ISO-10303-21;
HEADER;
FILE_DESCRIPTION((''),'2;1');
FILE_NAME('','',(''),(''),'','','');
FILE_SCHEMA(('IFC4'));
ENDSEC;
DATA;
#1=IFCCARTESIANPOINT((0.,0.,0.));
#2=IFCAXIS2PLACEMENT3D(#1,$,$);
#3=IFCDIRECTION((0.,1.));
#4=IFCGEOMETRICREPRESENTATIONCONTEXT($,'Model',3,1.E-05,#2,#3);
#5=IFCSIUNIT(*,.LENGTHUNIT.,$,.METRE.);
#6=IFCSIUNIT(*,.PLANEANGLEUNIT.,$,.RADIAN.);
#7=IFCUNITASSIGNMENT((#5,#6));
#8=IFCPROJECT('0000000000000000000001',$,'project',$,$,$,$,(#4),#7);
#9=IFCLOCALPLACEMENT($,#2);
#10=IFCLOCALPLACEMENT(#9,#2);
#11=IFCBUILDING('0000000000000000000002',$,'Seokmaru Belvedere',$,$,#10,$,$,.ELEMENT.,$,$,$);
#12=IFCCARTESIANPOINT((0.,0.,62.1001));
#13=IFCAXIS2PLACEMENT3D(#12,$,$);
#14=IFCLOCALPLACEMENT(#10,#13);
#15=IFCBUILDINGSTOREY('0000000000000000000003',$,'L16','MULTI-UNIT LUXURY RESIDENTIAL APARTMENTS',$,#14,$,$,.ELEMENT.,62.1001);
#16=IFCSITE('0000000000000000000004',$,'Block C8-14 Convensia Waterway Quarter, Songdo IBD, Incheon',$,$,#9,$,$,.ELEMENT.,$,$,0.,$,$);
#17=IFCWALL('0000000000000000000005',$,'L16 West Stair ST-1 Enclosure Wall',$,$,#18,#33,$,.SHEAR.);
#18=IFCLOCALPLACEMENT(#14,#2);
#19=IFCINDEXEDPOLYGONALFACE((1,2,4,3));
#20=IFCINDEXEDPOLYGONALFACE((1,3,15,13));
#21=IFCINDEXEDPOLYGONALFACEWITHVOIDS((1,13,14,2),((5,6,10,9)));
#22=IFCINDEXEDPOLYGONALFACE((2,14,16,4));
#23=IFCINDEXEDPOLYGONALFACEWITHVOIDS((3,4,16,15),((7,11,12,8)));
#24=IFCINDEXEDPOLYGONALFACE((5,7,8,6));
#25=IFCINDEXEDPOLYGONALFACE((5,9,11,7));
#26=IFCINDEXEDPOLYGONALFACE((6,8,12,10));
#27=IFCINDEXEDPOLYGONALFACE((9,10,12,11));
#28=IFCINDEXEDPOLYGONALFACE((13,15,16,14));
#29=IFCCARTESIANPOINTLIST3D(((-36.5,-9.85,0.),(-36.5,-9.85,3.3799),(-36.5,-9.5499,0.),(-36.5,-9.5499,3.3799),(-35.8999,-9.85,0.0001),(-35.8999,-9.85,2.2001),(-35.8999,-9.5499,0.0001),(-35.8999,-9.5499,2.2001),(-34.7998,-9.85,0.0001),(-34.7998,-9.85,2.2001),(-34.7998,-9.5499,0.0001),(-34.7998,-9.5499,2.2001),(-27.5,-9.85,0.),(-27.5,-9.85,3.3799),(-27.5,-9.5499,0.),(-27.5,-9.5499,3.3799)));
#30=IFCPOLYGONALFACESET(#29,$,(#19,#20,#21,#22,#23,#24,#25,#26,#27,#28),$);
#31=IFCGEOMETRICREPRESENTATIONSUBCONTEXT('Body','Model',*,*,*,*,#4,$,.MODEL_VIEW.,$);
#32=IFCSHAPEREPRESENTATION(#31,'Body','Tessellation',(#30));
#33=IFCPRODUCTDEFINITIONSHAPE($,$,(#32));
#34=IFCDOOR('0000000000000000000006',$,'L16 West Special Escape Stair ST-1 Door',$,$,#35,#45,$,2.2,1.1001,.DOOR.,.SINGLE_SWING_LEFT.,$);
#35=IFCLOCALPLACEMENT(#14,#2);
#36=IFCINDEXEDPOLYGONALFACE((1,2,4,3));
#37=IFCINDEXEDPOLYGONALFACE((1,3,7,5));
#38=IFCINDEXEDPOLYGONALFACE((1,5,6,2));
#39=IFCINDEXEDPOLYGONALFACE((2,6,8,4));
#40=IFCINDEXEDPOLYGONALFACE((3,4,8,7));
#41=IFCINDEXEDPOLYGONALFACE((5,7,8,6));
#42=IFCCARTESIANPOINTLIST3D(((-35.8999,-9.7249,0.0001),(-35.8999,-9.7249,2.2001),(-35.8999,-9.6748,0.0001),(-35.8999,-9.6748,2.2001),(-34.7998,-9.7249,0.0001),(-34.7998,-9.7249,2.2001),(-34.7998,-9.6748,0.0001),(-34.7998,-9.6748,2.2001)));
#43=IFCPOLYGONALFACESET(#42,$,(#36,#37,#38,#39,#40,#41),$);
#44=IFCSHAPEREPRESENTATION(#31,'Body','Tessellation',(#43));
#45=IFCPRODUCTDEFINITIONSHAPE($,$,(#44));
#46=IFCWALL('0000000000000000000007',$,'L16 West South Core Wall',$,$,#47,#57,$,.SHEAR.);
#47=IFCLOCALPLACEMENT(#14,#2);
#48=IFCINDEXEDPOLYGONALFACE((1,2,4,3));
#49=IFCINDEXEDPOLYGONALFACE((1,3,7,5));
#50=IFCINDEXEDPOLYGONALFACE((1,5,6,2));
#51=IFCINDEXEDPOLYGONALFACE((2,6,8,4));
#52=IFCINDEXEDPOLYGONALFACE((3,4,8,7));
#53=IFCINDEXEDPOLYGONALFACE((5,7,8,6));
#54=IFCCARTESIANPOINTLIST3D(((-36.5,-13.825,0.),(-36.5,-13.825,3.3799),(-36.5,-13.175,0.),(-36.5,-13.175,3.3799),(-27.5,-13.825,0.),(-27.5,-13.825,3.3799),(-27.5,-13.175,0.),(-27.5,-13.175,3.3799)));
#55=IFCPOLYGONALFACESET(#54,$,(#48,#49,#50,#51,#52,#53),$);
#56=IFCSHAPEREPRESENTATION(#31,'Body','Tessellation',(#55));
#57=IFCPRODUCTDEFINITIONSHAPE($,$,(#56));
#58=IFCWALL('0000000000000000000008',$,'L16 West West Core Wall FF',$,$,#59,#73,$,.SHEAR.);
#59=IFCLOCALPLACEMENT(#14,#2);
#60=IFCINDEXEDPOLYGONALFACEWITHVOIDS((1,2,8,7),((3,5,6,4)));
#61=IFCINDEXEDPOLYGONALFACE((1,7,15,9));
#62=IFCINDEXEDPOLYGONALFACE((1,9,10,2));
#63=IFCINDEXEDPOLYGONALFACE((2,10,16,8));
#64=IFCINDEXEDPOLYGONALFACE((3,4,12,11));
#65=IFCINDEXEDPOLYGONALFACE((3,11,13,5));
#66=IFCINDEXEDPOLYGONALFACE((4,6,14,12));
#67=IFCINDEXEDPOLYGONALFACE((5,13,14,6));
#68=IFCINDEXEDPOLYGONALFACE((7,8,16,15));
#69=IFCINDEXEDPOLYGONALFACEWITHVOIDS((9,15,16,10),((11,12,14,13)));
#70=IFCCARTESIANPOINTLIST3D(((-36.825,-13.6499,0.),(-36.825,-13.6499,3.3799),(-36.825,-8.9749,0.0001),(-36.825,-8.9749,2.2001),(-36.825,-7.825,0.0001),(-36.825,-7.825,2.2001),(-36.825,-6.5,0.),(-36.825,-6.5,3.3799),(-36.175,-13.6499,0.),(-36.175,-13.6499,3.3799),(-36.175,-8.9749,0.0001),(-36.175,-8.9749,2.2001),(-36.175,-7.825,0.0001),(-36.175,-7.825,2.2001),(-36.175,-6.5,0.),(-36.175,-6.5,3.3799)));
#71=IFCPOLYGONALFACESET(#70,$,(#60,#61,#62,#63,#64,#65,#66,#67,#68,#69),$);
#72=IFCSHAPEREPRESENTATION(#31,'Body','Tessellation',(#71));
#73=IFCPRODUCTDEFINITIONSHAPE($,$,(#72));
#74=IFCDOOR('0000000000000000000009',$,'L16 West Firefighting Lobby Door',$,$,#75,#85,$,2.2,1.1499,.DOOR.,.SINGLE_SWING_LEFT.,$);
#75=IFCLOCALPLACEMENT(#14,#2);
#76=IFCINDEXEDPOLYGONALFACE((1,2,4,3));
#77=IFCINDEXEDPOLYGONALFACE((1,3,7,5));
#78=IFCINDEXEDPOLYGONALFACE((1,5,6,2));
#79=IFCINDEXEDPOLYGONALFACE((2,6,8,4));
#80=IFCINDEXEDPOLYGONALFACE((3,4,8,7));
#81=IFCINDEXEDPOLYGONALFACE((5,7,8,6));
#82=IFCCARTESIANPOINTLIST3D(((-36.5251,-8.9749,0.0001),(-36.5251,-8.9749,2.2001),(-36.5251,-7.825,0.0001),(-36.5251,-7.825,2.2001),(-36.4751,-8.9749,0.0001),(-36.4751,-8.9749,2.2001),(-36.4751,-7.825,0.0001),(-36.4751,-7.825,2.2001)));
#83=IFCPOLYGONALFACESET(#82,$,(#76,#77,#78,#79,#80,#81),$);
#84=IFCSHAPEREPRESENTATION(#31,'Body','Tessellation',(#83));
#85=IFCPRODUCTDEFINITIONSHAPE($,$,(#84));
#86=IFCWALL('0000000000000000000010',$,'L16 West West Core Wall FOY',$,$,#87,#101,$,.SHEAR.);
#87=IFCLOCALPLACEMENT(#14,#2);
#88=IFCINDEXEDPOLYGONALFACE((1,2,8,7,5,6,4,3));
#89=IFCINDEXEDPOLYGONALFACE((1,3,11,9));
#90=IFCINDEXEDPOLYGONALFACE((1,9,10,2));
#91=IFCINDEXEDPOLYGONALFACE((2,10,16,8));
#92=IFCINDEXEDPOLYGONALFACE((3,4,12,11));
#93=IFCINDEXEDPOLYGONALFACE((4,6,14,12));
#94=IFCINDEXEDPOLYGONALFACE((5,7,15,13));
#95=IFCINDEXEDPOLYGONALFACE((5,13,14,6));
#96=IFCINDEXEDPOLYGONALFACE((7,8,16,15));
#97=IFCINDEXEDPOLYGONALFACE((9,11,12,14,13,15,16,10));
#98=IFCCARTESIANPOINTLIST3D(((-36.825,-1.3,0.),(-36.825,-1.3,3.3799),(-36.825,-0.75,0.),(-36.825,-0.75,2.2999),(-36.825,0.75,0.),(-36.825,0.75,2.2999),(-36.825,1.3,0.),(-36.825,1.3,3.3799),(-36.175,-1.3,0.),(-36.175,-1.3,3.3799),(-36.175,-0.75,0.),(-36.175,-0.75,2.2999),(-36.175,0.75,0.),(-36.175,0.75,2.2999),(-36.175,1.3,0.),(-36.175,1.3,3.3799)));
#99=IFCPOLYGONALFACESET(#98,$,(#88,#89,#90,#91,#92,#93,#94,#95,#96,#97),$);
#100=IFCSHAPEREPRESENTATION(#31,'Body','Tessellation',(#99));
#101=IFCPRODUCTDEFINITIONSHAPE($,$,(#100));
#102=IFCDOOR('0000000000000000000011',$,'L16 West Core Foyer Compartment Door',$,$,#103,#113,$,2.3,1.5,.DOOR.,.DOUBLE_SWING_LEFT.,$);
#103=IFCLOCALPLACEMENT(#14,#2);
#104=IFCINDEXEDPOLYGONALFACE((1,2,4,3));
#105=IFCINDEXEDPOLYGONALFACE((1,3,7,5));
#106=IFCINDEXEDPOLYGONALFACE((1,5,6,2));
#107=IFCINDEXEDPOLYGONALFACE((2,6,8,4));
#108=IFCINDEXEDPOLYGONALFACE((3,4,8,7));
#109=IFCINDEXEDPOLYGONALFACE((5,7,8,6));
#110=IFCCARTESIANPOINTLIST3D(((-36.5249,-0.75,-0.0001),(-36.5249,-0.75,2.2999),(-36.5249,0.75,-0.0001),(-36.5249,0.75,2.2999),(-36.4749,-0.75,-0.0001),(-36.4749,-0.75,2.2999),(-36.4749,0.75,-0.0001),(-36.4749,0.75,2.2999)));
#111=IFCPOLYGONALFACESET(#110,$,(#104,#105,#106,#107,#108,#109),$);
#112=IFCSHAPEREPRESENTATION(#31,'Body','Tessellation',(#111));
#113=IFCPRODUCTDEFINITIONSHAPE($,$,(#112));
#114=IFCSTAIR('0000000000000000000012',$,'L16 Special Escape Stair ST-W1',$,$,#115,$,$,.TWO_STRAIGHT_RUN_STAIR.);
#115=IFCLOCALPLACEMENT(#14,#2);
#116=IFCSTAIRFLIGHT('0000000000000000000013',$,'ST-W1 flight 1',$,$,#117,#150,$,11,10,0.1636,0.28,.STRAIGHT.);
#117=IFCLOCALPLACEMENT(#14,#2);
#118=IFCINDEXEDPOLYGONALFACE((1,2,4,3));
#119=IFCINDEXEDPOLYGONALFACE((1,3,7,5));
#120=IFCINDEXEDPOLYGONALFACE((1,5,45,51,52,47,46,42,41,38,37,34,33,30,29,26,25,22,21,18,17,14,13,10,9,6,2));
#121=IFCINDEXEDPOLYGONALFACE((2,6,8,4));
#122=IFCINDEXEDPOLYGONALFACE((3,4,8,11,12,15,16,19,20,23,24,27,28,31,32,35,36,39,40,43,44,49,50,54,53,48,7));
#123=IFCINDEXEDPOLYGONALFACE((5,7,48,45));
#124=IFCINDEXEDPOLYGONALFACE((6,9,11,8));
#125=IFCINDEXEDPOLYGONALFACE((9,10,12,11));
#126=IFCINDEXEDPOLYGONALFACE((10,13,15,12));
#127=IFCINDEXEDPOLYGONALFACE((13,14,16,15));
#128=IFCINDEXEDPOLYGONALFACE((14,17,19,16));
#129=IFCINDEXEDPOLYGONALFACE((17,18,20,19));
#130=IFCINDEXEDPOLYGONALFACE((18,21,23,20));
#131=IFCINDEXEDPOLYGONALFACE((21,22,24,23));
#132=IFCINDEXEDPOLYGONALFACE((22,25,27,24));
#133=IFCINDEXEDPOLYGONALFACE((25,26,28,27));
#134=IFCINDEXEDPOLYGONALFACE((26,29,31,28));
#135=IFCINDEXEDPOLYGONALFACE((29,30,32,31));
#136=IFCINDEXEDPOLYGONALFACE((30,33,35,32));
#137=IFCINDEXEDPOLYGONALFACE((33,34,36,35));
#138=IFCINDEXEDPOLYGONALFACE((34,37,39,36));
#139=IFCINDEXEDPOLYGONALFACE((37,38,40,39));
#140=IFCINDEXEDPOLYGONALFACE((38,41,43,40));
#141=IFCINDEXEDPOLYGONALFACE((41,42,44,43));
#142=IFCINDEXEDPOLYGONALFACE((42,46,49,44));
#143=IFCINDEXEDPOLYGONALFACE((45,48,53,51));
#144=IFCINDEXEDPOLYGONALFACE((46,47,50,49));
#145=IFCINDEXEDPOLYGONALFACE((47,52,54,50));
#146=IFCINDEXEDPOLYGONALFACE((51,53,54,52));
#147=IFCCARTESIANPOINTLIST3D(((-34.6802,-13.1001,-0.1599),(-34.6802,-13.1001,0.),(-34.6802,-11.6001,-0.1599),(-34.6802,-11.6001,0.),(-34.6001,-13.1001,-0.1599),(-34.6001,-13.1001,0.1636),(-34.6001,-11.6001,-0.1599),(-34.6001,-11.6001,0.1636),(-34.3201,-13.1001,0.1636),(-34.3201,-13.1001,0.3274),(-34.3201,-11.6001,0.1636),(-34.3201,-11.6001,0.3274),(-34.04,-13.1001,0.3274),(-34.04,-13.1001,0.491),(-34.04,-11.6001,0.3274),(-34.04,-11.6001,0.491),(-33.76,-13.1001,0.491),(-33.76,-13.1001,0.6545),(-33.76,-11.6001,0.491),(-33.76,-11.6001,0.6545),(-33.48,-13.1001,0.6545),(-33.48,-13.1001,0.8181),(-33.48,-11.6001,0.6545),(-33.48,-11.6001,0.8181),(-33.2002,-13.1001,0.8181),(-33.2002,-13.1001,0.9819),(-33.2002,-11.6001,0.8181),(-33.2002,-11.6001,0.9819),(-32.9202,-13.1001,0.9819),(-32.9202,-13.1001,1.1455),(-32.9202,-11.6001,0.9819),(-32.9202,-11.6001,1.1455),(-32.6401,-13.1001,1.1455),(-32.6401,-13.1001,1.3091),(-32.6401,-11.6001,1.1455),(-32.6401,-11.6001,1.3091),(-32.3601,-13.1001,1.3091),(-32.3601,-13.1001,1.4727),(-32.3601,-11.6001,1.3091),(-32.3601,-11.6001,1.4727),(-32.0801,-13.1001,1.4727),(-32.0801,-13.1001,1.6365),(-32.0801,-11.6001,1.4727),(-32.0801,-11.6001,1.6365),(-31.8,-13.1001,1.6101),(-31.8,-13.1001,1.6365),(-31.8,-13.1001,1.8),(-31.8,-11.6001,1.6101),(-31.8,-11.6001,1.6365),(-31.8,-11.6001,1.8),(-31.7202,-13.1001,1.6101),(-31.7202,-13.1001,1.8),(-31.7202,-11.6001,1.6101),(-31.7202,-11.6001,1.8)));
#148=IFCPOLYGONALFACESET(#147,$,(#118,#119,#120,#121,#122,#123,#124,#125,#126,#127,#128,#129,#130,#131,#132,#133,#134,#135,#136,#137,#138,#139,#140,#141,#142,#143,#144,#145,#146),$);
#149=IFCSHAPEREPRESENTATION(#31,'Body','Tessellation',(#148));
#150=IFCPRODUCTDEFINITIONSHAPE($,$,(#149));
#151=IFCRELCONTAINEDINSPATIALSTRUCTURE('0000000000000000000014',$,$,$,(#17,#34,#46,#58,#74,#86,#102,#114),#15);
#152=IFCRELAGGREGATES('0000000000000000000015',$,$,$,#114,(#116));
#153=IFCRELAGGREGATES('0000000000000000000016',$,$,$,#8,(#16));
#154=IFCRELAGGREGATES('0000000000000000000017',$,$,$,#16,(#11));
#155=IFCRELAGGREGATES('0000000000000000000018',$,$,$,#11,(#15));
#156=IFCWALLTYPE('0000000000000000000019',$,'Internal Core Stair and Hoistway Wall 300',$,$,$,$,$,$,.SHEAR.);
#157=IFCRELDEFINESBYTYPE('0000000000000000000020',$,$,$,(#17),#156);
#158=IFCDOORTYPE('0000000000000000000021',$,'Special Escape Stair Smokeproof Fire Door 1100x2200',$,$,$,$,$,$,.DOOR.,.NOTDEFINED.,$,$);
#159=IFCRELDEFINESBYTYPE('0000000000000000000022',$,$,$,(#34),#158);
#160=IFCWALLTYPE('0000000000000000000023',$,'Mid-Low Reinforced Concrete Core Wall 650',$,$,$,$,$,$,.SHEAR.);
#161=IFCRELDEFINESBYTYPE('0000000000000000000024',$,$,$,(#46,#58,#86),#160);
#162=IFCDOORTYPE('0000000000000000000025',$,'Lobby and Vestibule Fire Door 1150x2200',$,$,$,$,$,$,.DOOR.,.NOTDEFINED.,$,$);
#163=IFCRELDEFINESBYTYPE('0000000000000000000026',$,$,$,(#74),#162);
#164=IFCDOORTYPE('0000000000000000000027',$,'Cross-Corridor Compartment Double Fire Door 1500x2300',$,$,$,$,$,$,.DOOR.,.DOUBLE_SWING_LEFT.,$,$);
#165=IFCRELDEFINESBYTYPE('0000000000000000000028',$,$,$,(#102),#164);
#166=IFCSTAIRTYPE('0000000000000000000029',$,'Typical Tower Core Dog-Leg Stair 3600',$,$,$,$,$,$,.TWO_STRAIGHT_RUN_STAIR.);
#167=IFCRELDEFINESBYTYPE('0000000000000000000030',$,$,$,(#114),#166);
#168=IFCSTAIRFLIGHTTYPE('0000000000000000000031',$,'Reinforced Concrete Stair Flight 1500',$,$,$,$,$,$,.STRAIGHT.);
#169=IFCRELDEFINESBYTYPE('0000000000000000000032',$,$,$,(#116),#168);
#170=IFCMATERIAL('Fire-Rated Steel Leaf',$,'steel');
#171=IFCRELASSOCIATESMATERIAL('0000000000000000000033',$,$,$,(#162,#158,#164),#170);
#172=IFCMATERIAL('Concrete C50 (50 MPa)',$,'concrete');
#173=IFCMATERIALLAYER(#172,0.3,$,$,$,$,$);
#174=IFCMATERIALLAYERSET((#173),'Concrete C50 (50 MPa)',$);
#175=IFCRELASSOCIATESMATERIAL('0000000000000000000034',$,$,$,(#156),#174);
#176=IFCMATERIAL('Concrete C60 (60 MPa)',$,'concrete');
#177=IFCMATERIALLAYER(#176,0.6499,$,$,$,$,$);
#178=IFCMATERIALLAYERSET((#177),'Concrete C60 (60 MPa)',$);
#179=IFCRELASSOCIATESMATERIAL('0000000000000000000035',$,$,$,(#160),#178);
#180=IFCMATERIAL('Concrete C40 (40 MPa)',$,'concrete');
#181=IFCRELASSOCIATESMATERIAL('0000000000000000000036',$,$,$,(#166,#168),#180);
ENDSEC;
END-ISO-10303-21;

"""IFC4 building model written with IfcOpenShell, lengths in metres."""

from ifc_helpers import new_model, si_unit, direction, frame, frame_2d, origin, place, context, subcontext, project, spatial, polyline, rectangle, outline, extrude, source, transform, mapped, material, layer, layer_set, type_object, type_shapes, element, fill, aggregate, save


model = new_model("IFC4")

# Units and contexts
model_context = context("Model", 3, precision=1e-05, world=origin(), true_north=direction((0.0, 1.0)))
body_context = subcontext(model_context, "Body", "Model", "MODEL_VIEW")
ifc_project = project(units=[si_unit("LENGTHUNIT", "METRE"), si_unit("PLANEANGLEUNIT", "RADIAN")], contexts=[model_context])

# Site, building, storey
site_placement = place(None, origin())
site = spatial("IfcSite", under=ifc_project, at=site_placement, Name="Block C8-14 Convensia Waterway Quarter, Songdo IBD, Incheon", CompositionType="ELEMENT", RefElevation=0.0)
building_placement = place(site_placement, origin())
building = spatial("IfcBuilding", under=site, at=building_placement, Name="Seokmaru Belvedere", CompositionType="ELEMENT")
storey_placement = place(building_placement, frame((0.0, 0.0, 62.1001)))
storey = spatial("IfcBuildingStorey", under=building, at=storey_placement, Name="L16", Description="MULTI-UNIT LUXURY RESIDENTIAL APARTMENTS", CompositionType="ELEMENT", Elevation=62.1001)

# Shared definitions
ifc_material_1 = material(Name="Fire-Rated Steel Leaf", Category="steel")
door_type_1 = type_object("IfcDoorType", Name="Lobby and Vestibule Fire Door 1150x2200", OperationType="NOTDEFINED", PredefinedType="DOOR", material=ifc_material_1)
shared_shape_1 = source(origin(), body_context, "Body", "SweptSolid", [
    extrude(rectangle(XDim=1.1499, YDim=2.2, at=frame_2d((0.575, 1.1001))), frame((0.0, 0.0249, 0.0), z_axis=(0.0, -1.0, 0.0), x_axis=(1.0, 0.0, 0.0)), (0.0, 0.0, 1.0), 0.05),
])
type_shapes(door_type_1, [shared_shape_1])

# Wall, opening, door
ifc_material_2 = material(Name="Concrete C50 (50 MPa)", Category="concrete")
ifc_layer_1 = layer(ifc_material_2, 0.3)
ifc_layer_set_1 = layer_set([ifc_layer_1], Name="Concrete C50 (50 MPa)")
wall_type_1 = type_object("IfcWallType", Name="Internal Core Stair and Hoistway Wall 300", PredefinedType="SHEAR", material=ifc_layer_set_1)
wall_1_placement = place(storey_placement, frame((-36.5, -9.7, 0.0), z_axis=(0.0, 0.0, 1.0), x_axis=(1.0, 0.0, 0.0)))
wall_1 = element("IfcWall", 1, at=wall_1_placement, inside=storey, type_object=wall_type_1, Name="L16 West Stair ST-1 Enclosure Wall", PredefinedType="SHEAR", context=body_context, shape_type="SweptSolid", body=[
    extrude(rectangle(XDim=9.0, YDim=0.3, at=frame_2d((4.5, 0.0))), origin(), (0.0, 0.0, 1.0), 3.3799),
])
opening_1_placement = place(wall_1_placement, frame((0.6001, 0.0, 0.0)))
opening_1 = element("IfcOpeningElement", 2, at=opening_1_placement, cuts=wall_1, PredefinedType="OPENING", context=body_context, shape_type="SweptSolid", body=[
    extrude(rectangle(XDim=1.1001, YDim=2.2, at=frame_2d((0.55, 1.1001))), frame((0.0, 0.1602, 0.0), z_axis=(0.0, -1.0, 0.0), x_axis=(1.0, 0.0, 0.0)), (0.0, 0.0, 1.0), 0.3201),
])
door_type_2 = type_object("IfcDoorType", Name="Special Escape Stair Smokeproof Fire Door 1100x2200", OperationType="NOTDEFINED", PredefinedType="DOOR", material=ifc_material_1)
shared_shape_2 = source(origin(), body_context, "Body", "SweptSolid", [
    extrude(rectangle(XDim=1.1001, YDim=2.2, at=frame_2d((0.55, 1.1001))), frame((0.0, 0.0249, 0.0), z_axis=(0.0, -1.0, 0.0), x_axis=(1.0, 0.0, 0.0)), (0.0, 0.0, 1.0), 0.05),
])
type_shapes(door_type_2, [shared_shape_2])
door_1_placement = place(opening_1_placement, frame((1.1001, 0.0, 0.0), z_axis=(0.0, 0.0, 1.0), x_axis=(-1.0, 0.0, 0.0)))
door_1 = element("IfcDoor", 3, at=door_1_placement, inside=storey, type_object=door_type_2, Name="L16 West Special Escape Stair ST-1 Door", OperationType="SINGLE_SWING_LEFT", OverallHeight=2.2, OverallWidth=1.1001, PredefinedType="DOOR", context=body_context, shape_type="MappedRepresentation", body=[
    mapped(shared_shape_2, transform((0.0, 0.0, 0.0), scale=1.0)),
])
fill(opening_1, door_1)

# Wall
ifc_material_3 = material(Name="Concrete C60 (60 MPa)", Category="concrete")
ifc_layer_2 = layer(ifc_material_3, 0.6499)
ifc_layer_set_2 = layer_set([ifc_layer_2], Name="Concrete C60 (60 MPa)")
wall_type_2 = type_object("IfcWallType", Name="Mid-Low Reinforced Concrete Core Wall 650", PredefinedType="SHEAR", material=ifc_layer_set_2)
wall_2_placement = place(storey_placement, frame((-36.5, -13.5, 0.0), z_axis=(0.0, 0.0, 1.0), x_axis=(1.0, 0.0, 0.0)))
element("IfcWall", 4, at=wall_2_placement, inside=storey, type_object=wall_type_2, Name="L16 West South Core Wall", PredefinedType="SHEAR", context=body_context, shape_type="SweptSolid", body=[
    extrude(rectangle(XDim=9.0, YDim=0.6499, at=frame_2d((4.5, 0.0))), origin(), (0.0, 0.0, 1.0), 3.3799),
])

# Walls, openings, doors
wall_3_placement = place(storey_placement, frame((-36.5, -13.6499, 0.0), z_axis=(0.0, 0.0, 1.0), x_axis=(0.0, 1.0, 0.0)))
wall_3 = element("IfcWall", 5, at=wall_3_placement, inside=storey, type_object=wall_type_2, Name="L16 West West Core Wall FF", PredefinedType="SHEAR", context=body_context, shape_type="SweptSolid", body=[
    extrude(rectangle(XDim=7.1499, YDim=0.6499, at=frame_2d((3.575, 0.0))), origin(), (0.0, 0.0, 1.0), 3.3799),
])
opening_2_placement = place(wall_3_placement, frame((4.675, 0.0, 0.0)))
opening_2 = element("IfcOpeningElement", 6, at=opening_2_placement, cuts=wall_3, PredefinedType="OPENING", context=body_context, shape_type="SweptSolid", body=[
    extrude(rectangle(XDim=1.1499, YDim=2.2, at=frame_2d((0.575, 1.1001))), frame((0.0, 0.335, 0.0), z_axis=(0.0, -1.0, 0.0), x_axis=(1.0, 0.0, 0.0)), (0.0, 0.0, 1.0), 0.6699),
])
door_2_placement = place(opening_2_placement, frame((1.1499, 0.0, 0.0), z_axis=(0.0, 0.0, 1.0), x_axis=(-1.0, 0.0, 0.0)))
door_2 = element("IfcDoor", 7, at=door_2_placement, inside=storey, type_object=door_type_1, Name="L16 West Firefighting Lobby Door", OperationType="SINGLE_SWING_LEFT", OverallHeight=2.2, OverallWidth=1.1499, PredefinedType="DOOR", context=body_context, shape_type="MappedRepresentation", body=[
    mapped(shared_shape_1, transform((0.0, 0.0, 0.0), scale=1.0)),
])
fill(opening_2, door_2)
wall_4_placement = place(storey_placement, frame((-36.5, -1.3, 0.0), z_axis=(0.0, 0.0, 1.0), x_axis=(0.0, 1.0, 0.0)))
wall_4 = element("IfcWall", 8, at=wall_4_placement, inside=storey, type_object=wall_type_2, Name="L16 West West Core Wall FOY", PredefinedType="SHEAR", context=body_context, shape_type="SweptSolid", body=[
    extrude(rectangle(XDim=2.6001, YDim=0.6499, at=frame_2d((1.3, 0.0))), origin(), (0.0, 0.0, 1.0), 3.3799),
])
opening_3_placement = place(wall_4_placement, frame((0.55, 0.0, 0.0)))
opening_3 = element("IfcOpeningElement", 9, at=opening_3_placement, cuts=wall_4, PredefinedType="OPENING", context=body_context, shape_type="SweptSolid", body=[
    extrude(rectangle(XDim=1.5, YDim=2.3, at=frame_2d((0.75, 1.1499))), frame((0.0, 0.335, 0.0), z_axis=(0.0, -1.0, 0.0), x_axis=(1.0, 0.0, 0.0)), (0.0, 0.0, 1.0), 0.6699),
])
door_type_3 = type_object("IfcDoorType", Name="Cross-Corridor Compartment Double Fire Door 1500x2300", OperationType="DOUBLE_SWING_LEFT", PredefinedType="DOOR", material=ifc_material_1)
shared_shape_3 = source(origin(), body_context, "Body", "SweptSolid", [
    extrude(rectangle(XDim=1.5, YDim=2.3, at=frame_2d((0.75, 1.1499))), frame((0.0, 0.0249, 0.0), z_axis=(0.0, -1.0, 0.0), x_axis=(1.0, 0.0, 0.0)), (0.0, 0.0, 1.0), 0.05),
])
type_shapes(door_type_3, [shared_shape_3])
door_3_placement = place(opening_3_placement, origin())
door_3 = element("IfcDoor", 10, at=door_3_placement, inside=storey, type_object=door_type_3, Name="L16 West Core Foyer Compartment Door", OperationType="DOUBLE_SWING_LEFT", OverallHeight=2.3, OverallWidth=1.5, PredefinedType="DOOR", context=body_context, shape_type="MappedRepresentation", body=[
    mapped(shared_shape_3, transform((0.0, 0.0, 0.0), scale=1.0)),
])
fill(opening_3, door_3)

# Stair, stair flight
ifc_material_4 = material(Name="Concrete C40 (40 MPa)", Category="concrete")
stair_type = type_object("IfcStairType", Name="Typical Tower Core Dog-Leg Stair 3600", PredefinedType="TWO_STRAIGHT_RUN_STAIR", material=ifc_material_4)
stair_placement = place(storey_placement, origin())
stair = element("IfcStair", 11, at=stair_placement, inside=storey, type_object=stair_type, Name="L16 Special Escape Stair ST-W1", PredefinedType="TWO_STRAIGHT_RUN_STAIR")
stair_flight_type = type_object("IfcStairFlightType", Name="Reinforced Concrete Stair Flight 1500", PredefinedType="STRAIGHT", material=ifc_material_4)
stair_flight_1_placement = place(storey_placement, frame((-34.6001, -12.3501, 0.0), z_axis=(0.0, 0.0, 1.0), x_axis=(1.0, 0.0, 0.0)))
stair_flight_1 = element("IfcStairFlight", 12, at=stair_flight_1_placement, type_object=stair_flight_type, Name="ST-W1 flight 1", NumberOfRisers=11, NumberOfTreads=10, PredefinedType="STRAIGHT", RiserHeight=0.1636, TreadLength=0.28, context=body_context, shape_type="SweptSolid", body=[
    extrude(outline(polyline([(-0.0801, 0.0), (0.0, 0.1636), (0.28, 0.1636), (0.28, 0.3274), (0.5601, 0.3274), (0.5601, 0.491), (0.8401, 0.491), (0.8401, 0.6545), (1.1201, 0.6545), (1.1201, 0.8181), (1.3999, 0.8181), (1.3999, 0.9819), (1.6799, 0.9819), (1.6799, 1.1455), (1.96, 1.1455), (1.96, 1.3091), (2.24, 1.3091), (2.24, 1.4727), (2.52, 1.4727), (2.52, 1.6365), (2.8, 1.6365), (2.8, 1.8), (2.8799, 1.8), (2.8799, 1.6101), (2.8, 1.6101), (0.0, -0.1599), (-0.0801, -0.1599), (-0.0801, 0.0)])), frame((0.0, 0.75, 0.0), z_axis=(0.0, -1.0, 0.0), x_axis=(1.0, 0.0, 0.0)), (0.0, 0.0, 1.0), 1.5),
])
aggregate(stair, [stair_flight_1])

save(model, "model.ifc")
